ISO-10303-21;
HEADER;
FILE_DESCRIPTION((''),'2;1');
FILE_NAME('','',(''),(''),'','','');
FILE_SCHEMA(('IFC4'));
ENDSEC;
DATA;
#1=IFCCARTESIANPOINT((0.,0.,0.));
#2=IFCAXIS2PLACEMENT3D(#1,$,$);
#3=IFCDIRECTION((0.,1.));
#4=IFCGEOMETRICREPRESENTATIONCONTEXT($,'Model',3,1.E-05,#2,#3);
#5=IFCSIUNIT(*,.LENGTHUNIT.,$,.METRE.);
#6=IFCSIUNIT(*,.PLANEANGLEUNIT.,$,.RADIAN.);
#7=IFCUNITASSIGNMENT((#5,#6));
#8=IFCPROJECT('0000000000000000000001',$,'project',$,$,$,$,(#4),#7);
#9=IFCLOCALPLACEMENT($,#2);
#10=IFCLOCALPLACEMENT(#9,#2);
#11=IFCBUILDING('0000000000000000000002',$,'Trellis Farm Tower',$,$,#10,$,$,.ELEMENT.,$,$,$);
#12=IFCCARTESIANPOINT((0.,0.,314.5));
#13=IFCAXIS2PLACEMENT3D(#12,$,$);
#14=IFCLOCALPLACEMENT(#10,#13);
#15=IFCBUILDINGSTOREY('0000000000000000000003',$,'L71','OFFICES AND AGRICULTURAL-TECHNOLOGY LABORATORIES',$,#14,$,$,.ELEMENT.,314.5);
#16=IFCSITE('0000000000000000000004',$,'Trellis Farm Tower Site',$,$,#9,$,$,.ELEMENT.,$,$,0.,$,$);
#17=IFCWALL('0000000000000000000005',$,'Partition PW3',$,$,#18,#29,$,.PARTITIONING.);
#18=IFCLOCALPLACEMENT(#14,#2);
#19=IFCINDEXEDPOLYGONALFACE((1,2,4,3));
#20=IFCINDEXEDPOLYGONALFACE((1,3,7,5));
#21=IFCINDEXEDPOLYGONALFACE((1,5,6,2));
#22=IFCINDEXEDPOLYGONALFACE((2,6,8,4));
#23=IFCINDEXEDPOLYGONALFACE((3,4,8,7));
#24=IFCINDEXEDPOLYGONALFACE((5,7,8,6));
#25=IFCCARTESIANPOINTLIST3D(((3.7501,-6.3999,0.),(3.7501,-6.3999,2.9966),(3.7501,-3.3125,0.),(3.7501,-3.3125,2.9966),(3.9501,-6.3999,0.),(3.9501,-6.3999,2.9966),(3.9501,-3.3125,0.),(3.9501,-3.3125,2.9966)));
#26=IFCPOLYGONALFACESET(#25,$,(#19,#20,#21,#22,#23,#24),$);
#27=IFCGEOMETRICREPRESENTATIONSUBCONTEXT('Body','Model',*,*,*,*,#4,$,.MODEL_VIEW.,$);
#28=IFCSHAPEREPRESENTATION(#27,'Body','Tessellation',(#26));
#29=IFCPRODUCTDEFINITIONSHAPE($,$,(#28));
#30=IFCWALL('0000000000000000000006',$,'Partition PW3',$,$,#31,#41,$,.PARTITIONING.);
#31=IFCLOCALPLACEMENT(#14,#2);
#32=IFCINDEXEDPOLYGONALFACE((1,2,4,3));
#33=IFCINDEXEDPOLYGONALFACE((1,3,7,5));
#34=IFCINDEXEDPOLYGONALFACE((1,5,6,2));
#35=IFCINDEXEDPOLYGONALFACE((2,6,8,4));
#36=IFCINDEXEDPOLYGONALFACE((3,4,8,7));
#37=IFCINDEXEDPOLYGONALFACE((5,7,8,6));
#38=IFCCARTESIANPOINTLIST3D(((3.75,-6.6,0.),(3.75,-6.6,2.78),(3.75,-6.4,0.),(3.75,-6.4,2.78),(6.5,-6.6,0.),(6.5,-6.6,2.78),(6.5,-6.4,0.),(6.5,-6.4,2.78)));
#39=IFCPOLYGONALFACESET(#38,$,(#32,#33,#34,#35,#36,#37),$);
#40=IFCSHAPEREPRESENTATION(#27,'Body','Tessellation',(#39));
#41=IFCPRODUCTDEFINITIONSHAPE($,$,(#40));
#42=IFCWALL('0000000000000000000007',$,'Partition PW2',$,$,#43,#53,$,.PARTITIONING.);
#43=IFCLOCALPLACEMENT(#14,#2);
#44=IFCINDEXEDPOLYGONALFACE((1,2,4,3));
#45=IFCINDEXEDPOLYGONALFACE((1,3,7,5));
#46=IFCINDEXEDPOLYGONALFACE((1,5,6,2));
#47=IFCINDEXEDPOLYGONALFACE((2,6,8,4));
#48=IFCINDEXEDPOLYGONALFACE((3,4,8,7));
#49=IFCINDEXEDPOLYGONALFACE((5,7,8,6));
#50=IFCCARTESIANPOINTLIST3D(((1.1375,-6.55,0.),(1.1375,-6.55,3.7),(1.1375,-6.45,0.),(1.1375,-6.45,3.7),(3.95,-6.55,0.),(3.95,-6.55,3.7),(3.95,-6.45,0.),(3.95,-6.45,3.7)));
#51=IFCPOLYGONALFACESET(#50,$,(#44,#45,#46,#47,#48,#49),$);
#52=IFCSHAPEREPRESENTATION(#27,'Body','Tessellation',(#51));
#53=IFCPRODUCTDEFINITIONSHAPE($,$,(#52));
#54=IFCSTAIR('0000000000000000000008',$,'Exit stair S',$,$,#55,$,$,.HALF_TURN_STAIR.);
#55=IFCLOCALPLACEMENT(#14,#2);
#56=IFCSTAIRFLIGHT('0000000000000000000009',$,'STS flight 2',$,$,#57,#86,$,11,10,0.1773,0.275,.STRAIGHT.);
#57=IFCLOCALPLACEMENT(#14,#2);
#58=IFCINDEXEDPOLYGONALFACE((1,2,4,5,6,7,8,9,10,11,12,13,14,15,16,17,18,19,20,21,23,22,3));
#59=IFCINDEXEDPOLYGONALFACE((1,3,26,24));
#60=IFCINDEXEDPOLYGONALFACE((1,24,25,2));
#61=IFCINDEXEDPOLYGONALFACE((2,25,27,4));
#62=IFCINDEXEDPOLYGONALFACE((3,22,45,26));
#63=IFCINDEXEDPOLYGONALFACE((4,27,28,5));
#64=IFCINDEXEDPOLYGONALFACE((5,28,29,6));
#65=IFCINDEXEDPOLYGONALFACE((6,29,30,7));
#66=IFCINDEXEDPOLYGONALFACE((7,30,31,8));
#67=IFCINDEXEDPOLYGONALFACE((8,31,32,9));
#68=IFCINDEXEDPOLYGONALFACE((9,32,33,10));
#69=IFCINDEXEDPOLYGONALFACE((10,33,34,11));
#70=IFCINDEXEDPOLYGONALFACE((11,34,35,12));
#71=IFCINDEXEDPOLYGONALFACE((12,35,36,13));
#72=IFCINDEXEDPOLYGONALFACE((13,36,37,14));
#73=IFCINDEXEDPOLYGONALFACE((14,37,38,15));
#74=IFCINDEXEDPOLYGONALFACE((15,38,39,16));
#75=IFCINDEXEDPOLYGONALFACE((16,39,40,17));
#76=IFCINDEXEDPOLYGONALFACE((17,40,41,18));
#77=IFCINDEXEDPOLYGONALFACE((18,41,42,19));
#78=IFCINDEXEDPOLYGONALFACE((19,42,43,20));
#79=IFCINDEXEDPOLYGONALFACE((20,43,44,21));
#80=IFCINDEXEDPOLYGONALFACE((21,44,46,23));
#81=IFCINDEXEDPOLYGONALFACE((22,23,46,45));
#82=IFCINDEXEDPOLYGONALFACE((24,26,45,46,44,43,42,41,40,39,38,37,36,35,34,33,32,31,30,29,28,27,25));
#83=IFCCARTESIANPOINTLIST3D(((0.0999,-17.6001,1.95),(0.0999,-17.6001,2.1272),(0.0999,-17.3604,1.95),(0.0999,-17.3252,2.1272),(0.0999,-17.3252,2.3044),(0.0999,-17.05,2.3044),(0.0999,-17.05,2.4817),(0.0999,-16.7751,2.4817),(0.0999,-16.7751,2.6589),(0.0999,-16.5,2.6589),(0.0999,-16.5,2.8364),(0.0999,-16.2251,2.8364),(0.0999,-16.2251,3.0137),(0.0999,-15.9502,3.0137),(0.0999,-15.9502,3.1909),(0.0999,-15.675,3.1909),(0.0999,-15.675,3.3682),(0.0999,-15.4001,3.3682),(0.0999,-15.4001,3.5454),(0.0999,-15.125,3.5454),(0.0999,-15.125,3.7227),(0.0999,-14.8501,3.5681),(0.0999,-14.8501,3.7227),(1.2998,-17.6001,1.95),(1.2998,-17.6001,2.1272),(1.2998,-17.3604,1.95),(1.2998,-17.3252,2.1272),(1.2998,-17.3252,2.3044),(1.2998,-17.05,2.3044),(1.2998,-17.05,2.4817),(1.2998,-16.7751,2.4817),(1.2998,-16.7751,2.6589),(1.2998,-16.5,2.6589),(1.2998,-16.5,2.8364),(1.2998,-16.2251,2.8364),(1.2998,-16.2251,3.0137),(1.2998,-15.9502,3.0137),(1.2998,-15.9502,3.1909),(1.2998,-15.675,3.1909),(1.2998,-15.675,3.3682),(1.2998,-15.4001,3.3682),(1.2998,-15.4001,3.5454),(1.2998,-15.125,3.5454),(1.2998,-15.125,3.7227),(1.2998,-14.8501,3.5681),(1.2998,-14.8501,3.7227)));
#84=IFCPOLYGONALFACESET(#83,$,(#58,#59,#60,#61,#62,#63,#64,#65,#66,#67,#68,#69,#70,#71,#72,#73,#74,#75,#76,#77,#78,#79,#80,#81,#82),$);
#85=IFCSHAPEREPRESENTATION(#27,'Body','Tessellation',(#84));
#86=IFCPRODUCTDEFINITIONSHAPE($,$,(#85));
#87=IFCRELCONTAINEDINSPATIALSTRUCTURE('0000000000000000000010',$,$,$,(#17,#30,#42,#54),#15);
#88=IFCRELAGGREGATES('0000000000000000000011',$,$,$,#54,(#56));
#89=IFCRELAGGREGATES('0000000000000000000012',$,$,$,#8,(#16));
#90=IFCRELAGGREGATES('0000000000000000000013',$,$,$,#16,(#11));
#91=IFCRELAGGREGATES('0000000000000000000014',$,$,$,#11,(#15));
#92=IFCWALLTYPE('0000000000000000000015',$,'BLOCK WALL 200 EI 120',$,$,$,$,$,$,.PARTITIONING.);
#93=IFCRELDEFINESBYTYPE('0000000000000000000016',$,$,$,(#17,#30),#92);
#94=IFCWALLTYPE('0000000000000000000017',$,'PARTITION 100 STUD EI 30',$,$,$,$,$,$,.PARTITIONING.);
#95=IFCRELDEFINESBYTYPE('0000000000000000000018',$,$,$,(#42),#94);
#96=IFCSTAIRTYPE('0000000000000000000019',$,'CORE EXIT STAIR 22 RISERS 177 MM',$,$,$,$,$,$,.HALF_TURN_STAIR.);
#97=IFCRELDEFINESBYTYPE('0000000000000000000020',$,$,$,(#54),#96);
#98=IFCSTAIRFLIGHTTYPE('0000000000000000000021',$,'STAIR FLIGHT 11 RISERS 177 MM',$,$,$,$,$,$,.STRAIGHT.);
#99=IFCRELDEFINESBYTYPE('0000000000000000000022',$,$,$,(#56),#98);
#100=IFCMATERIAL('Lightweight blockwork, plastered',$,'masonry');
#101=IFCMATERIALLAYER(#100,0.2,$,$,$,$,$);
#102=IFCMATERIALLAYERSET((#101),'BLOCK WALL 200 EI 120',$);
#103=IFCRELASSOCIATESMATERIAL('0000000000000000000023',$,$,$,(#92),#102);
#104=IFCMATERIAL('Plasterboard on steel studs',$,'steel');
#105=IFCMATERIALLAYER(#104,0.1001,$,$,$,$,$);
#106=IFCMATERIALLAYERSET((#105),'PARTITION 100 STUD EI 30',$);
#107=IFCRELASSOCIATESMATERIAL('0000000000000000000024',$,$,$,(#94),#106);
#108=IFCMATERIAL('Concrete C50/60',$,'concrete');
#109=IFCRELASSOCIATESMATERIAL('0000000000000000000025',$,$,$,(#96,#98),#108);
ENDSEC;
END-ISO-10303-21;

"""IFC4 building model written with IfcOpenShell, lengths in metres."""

from ifc_helpers import new_model, si_unit, direction, frame, frame_2d, origin, place, context, subcontext, project, spatial, polyline, rectangle, outline, extrude, source, transform, mapped, material, layer, layer_set, type_object, element, aggregate, save


model = new_model("IFC4")

# Units and contexts
model_context = context("Model", 3, precision=1e-05, world=origin(), true_north=direction((0.0, 1.0)))
body_context = subcontext(model_context, "Body", "Model", "MODEL_VIEW")
ifc_project = project(units=[si_unit("LENGTHUNIT", "METRE"), si_unit("PLANEANGLEUNIT", "RADIAN")], contexts=[model_context])

# Site, building, storey
site_placement = place(None, origin())
site = spatial("IfcSite", under=ifc_project, at=site_placement, Name="Trellis Farm Tower Site", CompositionType="ELEMENT", RefElevation=0.0)
building_placement = place(site_placement, origin())
building = spatial("IfcBuilding", under=site, at=building_placement, Name="Trellis Farm Tower", CompositionType="ELEMENT")
storey_placement = place(building_placement, frame((0.0, 0.0, 314.5)))
storey = spatial("IfcBuildingStorey", under=building, at=storey_placement, Name="L71", Description="OFFICES AND AGRICULTURAL-TECHNOLOGY LABORATORIES", CompositionType="ELEMENT", Elevation=314.5)

# Shared definitions
placement_1 = place(storey_placement, origin())

# Shared definitions
ifc_material_1 = material(Name="Concrete C50/60", Category="concrete")

# Walls
ifc_material_2 = material(Name="Lightweight blockwork, plastered", Category="masonry")
ifc_layer_1 = layer(ifc_material_2, 0.2)
ifc_layer_set_1 = layer_set([ifc_layer_1], Name="BLOCK WALL 200 EI 120")
wall_type_1 = type_object("IfcWallType", Name="BLOCK WALL 200 EI 120", PredefinedType="PARTITIONING", material=ifc_layer_set_1)
shared_shape_1 = source(origin(), body_context, "Body", "SweptSolid", [
    extrude(rectangle(XDim=3.0874, YDim=0.2, at=frame_2d((1.5437, 0.0))), origin(), (0.0, 0.0, 1.0), 2.9966),
])
wall_1_placement = place(storey_placement, frame((3.8501, -6.3999, 0.0), z_axis=(0.0, 0.0, 1.0), x_axis=(0.0, 1.0, 0.0)))
element("IfcWall", 1, at=wall_1_placement, inside=storey, type_object=wall_type_1, Name="Partition PW3", PredefinedType="PARTITIONING", context=body_context, shape_type="MappedRepresentation", body=[
    mapped(shared_shape_1, transform((0.0, 0.0, 0.0))),
])
shared_shape_2 = source(origin(), body_context, "Body", "SweptSolid", [
    extrude(rectangle(XDim=2.75, YDim=0.2, at=frame_2d((1.375, 0.0))), origin(), (0.0, 0.0, 1.0), 2.78),
])
wall_2_placement = place(storey_placement, frame((3.75, -6.5, 0.0), z_axis=(0.0, 0.0, 1.0), x_axis=(1.0, 0.0, 0.0)))
element("IfcWall", 2, at=wall_2_placement, inside=storey, type_object=wall_type_1, Name="Partition PW3", PredefinedType="PARTITIONING", context=body_context, shape_type="MappedRepresentation", body=[
    mapped(shared_shape_2, transform((0.0, 0.0, 0.0))),
])
ifc_material_3 = material(Name="Plasterboard on steel studs", Category="steel")
ifc_layer_2 = layer(ifc_material_3, 0.1001)
ifc_layer_set_2 = layer_set([ifc_layer_2], Name="PARTITION 100 STUD EI 30")
wall_type_2 = type_object("IfcWallType", Name="PARTITION 100 STUD EI 30", PredefinedType="PARTITIONING", material=ifc_layer_set_2)
shared_shape_3 = source(origin(), body_context, "Body", "SweptSolid", [
    extrude(rectangle(XDim=2.8125, YDim=0.1001, at=frame_2d((1.4062, 0.0))), origin(), (0.0, 0.0, 1.0), 3.7),
])
wall_3_placement = place(storey_placement, frame((1.1375, -6.5, 0.0), z_axis=(0.0, 0.0, 1.0), x_axis=(1.0, 0.0, 0.0)))
element("IfcWall", 3, at=wall_3_placement, inside=storey, type_object=wall_type_2, Name="Partition PW2", PredefinedType="PARTITIONING", context=body_context, shape_type="MappedRepresentation", body=[
    mapped(shared_shape_3, transform((0.0, 0.0, 0.0))),
])

# Stair, stair flight
stair_type = type_object("IfcStairType", Name="CORE EXIT STAIR 22 RISERS 177 MM", PredefinedType="HALF_TURN_STAIR", material=ifc_material_1)
stair = element("IfcStair", 4, at=placement_1, inside=storey, type_object=stair_type, Name="Exit stair S", PredefinedType="HALF_TURN_STAIR")
stair_flight_type = type_object("IfcStairFlightType", Name="STAIR FLIGHT 11 RISERS 177 MM", PredefinedType="STRAIGHT", material=ifc_material_1)
shared_shape_4 = source(origin(), body_context, "Body", "SweptSolid", [
    extrude(outline(polyline([(0.0, 0.0), (0.0, 0.1772), (0.2749, 0.1772), (0.2749, 0.3545), (0.55, 0.3545), (0.55, 0.5317), (0.825, 0.5317), (0.825, 0.709), (1.1001, 0.709), (1.1001, 0.8865), (1.375, 0.8865), (1.375, 1.0637), (1.6499, 1.0637), (1.6499, 1.241), (1.925, 1.241), (1.925, 1.4182), (2.2, 1.4182), (2.2, 1.5955), (2.4751, 1.5955), (2.4751, 1.7727), (2.75, 1.7727), (2.75, 1.95), (2.75, 1.6182), (0.2397, 0.0), (0.0, 0.0)])), frame((0.0, 0.6001, 0.0), z_axis=(0.0, -1.0, 0.0), x_axis=(1.0, 0.0, 0.0)), (0.0, 0.0, 1.0), 1.2),
])
stair_flight_placement = place(storey_placement, frame((0.7, -17.6001, 1.95), z_axis=(0.0, 0.0, 1.0), x_axis=(0.0, 1.0, 0.0)))
stair_flight = element("IfcStairFlight", 5, at=stair_flight_placement, type_object=stair_flight_type, Name="STS flight 2", NumberOfRisers=11, NumberOfTreads=10, PredefinedType="STRAIGHT", RiserHeight=0.1773, TreadLength=0.275, context=body_context, shape_type="MappedRepresentation", body=[
    mapped(shared_shape_4, transform((0.0, 0.0, 0.0))),
])
aggregate(stair, [stair_flight])

save(model, "model.ifc")
